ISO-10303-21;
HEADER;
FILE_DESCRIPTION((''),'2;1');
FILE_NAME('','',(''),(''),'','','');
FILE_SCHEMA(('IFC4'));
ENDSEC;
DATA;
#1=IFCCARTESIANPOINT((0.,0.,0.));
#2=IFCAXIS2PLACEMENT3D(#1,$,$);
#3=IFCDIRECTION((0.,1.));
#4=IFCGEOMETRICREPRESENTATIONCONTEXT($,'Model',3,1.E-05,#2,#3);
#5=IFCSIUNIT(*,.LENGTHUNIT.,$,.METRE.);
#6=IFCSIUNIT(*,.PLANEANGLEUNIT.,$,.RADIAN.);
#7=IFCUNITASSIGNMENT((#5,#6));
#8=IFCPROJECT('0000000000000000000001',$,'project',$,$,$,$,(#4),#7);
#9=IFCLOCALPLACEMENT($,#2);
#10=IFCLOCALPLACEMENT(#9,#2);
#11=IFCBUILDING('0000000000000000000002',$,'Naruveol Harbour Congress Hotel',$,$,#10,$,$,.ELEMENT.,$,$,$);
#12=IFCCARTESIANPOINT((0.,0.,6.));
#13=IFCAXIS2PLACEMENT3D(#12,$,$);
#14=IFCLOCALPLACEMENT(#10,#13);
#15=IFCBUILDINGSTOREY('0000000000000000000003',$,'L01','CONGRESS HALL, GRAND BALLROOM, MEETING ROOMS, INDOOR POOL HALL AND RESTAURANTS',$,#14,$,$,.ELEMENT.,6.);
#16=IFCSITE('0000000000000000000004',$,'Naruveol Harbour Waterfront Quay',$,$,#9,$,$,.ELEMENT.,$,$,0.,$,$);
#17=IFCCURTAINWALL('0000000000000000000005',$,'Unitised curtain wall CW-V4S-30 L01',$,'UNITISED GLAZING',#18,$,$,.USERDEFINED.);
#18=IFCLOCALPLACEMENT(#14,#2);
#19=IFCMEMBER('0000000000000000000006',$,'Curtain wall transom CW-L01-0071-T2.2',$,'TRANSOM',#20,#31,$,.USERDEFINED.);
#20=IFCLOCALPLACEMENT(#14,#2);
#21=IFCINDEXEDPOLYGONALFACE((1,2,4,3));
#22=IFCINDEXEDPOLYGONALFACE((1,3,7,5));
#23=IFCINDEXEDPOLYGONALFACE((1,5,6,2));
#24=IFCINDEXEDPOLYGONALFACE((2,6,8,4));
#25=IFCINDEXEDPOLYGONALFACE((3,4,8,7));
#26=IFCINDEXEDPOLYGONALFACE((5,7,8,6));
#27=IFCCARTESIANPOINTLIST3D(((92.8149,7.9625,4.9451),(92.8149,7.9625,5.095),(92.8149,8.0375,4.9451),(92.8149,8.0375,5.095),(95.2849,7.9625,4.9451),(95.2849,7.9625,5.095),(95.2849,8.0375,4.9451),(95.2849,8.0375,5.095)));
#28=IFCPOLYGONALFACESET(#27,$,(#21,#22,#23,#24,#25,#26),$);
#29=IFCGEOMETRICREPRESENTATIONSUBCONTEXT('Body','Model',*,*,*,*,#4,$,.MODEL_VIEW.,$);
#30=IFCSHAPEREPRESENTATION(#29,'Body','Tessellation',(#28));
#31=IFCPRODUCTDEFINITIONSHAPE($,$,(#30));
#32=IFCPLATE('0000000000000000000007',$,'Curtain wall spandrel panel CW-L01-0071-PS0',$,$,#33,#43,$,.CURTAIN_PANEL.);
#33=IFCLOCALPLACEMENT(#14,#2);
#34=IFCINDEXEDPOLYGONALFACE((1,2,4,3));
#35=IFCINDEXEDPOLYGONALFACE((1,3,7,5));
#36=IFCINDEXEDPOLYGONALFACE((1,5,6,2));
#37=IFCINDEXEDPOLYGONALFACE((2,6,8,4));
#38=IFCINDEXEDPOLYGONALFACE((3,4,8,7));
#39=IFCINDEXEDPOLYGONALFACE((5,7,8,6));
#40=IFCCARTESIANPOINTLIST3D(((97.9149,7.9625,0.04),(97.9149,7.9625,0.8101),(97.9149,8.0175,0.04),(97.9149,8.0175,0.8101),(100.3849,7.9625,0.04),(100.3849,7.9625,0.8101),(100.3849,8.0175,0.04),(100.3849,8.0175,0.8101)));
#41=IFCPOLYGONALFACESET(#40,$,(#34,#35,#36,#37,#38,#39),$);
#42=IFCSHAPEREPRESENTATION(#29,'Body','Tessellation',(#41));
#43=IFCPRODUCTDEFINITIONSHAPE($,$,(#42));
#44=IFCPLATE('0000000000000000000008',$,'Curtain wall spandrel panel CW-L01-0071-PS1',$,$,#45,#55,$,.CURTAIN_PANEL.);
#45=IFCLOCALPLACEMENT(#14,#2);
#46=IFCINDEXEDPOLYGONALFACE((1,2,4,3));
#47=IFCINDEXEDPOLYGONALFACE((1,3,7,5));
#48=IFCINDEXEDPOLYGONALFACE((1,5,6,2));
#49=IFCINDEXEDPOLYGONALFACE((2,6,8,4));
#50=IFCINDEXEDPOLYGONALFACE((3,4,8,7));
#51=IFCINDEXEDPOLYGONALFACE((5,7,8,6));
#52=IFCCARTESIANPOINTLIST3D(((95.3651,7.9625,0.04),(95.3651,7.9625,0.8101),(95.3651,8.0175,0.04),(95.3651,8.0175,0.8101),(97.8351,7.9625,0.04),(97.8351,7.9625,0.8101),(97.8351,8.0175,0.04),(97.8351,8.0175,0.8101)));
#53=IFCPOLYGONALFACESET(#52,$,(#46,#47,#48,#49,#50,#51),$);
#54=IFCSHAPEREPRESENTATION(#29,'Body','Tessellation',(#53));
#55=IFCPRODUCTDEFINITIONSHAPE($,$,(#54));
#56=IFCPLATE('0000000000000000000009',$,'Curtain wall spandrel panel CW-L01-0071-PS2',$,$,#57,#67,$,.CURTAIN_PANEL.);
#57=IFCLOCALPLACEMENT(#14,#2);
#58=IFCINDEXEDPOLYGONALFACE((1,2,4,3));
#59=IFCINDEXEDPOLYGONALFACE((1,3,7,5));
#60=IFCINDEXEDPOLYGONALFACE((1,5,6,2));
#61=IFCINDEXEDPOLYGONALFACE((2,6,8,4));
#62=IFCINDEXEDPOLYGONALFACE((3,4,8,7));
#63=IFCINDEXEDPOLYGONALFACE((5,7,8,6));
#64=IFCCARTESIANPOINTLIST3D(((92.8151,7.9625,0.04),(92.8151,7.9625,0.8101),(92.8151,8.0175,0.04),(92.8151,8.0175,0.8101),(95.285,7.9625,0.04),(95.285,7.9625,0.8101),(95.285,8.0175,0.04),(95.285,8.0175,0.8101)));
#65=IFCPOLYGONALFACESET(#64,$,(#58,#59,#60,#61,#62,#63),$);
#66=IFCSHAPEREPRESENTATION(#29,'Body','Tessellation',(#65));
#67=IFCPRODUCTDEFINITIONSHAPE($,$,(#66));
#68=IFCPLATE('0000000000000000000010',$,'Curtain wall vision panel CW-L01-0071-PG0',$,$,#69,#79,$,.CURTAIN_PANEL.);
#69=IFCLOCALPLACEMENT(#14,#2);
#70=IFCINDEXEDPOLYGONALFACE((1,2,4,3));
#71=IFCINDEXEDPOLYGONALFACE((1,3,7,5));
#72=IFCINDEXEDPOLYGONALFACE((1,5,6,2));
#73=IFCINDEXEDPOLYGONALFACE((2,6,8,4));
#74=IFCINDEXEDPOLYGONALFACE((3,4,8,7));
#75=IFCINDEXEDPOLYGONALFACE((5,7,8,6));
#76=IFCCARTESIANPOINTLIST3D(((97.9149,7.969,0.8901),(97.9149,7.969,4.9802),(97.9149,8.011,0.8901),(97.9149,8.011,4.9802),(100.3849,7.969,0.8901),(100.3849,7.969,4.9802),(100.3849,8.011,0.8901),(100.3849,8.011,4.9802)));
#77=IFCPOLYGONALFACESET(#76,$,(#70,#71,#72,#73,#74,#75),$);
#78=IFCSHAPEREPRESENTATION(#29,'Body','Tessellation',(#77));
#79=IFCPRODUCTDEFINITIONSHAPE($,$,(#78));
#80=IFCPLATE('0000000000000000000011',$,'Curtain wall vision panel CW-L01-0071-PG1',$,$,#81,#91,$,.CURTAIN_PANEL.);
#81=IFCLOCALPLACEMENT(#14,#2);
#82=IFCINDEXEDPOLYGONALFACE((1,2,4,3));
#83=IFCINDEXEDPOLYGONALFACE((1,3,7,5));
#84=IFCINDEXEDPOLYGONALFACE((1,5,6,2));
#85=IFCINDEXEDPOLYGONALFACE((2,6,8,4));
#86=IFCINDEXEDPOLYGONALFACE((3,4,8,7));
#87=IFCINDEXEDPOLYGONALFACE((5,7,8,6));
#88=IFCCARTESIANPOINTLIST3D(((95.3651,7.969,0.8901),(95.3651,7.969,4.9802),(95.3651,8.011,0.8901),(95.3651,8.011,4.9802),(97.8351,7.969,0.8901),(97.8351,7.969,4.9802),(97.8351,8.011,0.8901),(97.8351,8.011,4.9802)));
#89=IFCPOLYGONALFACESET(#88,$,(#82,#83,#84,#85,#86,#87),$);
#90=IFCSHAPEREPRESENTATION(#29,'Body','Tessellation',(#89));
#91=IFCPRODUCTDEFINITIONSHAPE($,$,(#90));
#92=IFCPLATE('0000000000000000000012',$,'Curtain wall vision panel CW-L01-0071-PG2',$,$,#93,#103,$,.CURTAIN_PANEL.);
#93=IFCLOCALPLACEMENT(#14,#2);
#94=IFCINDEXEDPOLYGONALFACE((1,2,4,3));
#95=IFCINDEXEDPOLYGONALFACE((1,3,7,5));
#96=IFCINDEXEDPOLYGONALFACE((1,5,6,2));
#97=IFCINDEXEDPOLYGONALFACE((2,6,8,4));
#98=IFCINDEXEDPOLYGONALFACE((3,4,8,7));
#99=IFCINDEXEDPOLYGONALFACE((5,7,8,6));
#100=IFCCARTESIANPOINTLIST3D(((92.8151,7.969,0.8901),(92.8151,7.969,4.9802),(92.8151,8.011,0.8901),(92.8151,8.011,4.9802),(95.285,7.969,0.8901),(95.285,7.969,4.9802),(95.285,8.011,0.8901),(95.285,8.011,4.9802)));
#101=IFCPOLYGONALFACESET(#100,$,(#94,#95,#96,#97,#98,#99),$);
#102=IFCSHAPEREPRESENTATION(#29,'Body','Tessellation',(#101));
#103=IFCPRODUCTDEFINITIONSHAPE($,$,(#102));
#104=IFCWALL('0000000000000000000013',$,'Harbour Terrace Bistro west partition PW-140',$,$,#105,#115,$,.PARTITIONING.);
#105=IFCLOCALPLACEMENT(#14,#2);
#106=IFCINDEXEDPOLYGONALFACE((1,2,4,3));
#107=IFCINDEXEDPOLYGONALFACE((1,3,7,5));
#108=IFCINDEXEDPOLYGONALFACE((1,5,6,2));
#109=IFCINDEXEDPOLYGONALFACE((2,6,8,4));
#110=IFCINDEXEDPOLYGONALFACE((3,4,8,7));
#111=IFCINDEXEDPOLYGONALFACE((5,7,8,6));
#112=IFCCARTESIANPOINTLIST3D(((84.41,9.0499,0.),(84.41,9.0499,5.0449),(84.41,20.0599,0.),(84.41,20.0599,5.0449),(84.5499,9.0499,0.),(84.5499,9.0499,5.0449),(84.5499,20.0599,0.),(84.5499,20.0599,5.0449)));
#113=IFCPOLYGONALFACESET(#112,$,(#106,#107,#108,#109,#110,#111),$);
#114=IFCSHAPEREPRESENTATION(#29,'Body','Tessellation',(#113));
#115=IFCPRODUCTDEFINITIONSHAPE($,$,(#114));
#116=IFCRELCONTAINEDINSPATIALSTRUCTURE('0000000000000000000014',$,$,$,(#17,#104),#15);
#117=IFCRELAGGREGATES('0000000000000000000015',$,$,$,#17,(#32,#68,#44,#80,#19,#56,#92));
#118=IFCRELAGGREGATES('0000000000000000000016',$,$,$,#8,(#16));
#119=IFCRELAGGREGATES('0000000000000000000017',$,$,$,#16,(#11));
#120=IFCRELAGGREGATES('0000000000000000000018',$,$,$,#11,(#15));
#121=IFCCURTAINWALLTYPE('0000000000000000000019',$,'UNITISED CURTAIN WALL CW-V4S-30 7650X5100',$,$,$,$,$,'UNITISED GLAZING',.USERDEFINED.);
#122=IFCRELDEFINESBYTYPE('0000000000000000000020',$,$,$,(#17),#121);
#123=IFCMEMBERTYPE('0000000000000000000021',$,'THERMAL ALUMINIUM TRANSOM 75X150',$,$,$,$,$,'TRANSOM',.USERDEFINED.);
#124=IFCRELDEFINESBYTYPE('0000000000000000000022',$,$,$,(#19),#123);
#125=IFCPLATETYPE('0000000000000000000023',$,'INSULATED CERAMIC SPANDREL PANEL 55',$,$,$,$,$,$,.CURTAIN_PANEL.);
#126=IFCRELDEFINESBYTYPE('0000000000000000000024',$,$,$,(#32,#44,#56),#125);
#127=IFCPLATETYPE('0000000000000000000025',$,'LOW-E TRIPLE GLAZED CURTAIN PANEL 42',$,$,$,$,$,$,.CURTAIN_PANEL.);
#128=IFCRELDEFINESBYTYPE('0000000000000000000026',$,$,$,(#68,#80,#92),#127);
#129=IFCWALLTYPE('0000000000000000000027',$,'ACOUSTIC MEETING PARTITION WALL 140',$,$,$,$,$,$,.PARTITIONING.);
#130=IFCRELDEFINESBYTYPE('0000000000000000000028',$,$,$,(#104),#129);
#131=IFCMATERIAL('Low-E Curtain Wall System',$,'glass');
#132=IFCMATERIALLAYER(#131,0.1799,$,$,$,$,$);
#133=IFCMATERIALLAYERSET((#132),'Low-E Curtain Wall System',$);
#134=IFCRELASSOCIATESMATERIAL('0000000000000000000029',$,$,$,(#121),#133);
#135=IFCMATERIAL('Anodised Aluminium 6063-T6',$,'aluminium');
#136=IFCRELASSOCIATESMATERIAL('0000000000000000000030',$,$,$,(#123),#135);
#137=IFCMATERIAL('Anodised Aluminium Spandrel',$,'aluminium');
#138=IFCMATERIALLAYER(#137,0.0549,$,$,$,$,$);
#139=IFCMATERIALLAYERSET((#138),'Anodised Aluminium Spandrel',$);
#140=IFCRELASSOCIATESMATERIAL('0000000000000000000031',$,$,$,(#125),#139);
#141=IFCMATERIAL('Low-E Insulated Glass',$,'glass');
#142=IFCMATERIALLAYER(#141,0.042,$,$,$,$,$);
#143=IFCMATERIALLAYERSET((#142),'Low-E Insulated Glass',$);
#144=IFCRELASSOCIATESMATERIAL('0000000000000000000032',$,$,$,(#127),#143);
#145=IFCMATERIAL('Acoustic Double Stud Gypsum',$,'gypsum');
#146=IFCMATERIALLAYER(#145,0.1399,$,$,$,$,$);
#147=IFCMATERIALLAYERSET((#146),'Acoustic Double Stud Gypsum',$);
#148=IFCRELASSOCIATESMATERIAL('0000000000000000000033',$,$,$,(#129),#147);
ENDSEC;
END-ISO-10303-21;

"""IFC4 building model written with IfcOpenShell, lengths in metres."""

from ifc_helpers import new_model, si_unit, direction, frame, frame_2d, origin, origin_2d, place, context, subcontext, project, spatial, rectangle, extrude, material, layer, layer_set, material_profile, profile_set, type_object, element, aggregate, save


model = new_model("IFC4")

# Units and contexts
model_context = context("Model", 3, precision=1e-05, world=origin(), true_north=direction((0.0, 1.0)))
body_context = subcontext(model_context, "Body", "Model", "MODEL_VIEW")
ifc_project = project(units=[si_unit("LENGTHUNIT", "METRE"), si_unit("PLANEANGLEUNIT", "RADIAN")], contexts=[model_context])

# Site, building, storey
site_placement = place(None, origin())
site = spatial("IfcSite", under=ifc_project, at=site_placement, Name="Naruveol Harbour Waterfront Quay", CompositionType="ELEMENT", RefElevation=0.0)
building_placement = place(site_placement, origin())
building = spatial("IfcBuilding", under=site, at=building_placement, Name="Naruveol Harbour Congress Hotel", CompositionType="ELEMENT")
storey_placement = place(building_placement, frame((0.0, 0.0, 6.0)))
storey = spatial("IfcBuildingStorey", under=building, at=storey_placement, Name="L01", Description="CONGRESS HALL, GRAND BALLROOM, MEETING ROOMS, INDOOR POOL HALL AND RESTAURANTS", CompositionType="ELEMENT", Elevation=6.0)

# Curtain wall, member, plates
ifc_material_1 = material(Name="Low-E Curtain Wall System", Category="glass")
ifc_layer_1 = layer(ifc_material_1, 0.1799)
ifc_layer_set_1 = layer_set([ifc_layer_1], Name="Low-E Curtain Wall System")
curtain_wall_type = type_object("IfcCurtainWallType", Name="UNITISED CURTAIN WALL CW-V4S-30 7650X5100", ElementType="UNITISED GLAZING", PredefinedType="USERDEFINED", material=ifc_layer_set_1)
curtain_wall_placement = place(storey_placement, origin())
curtain_wall = element("IfcCurtainWall", 1, at=curtain_wall_placement, inside=storey, type_object=curtain_wall_type, Name="Unitised curtain wall CW-V4S-30 L01", ObjectType="UNITISED GLAZING", PredefinedType="USERDEFINED")
ifc_material_2 = material(Name="Anodised Aluminium 6063-T6", Category="aluminium")
ifc_material_profile_1 = material_profile(ifc_material_2, rectangle(XDim=0.075, YDim=0.1499, at=origin_2d()), Name="ALU-75x150")
ifc_profile_set_1 = profile_set([ifc_material_profile_1], Name="Anodised Aluminium 6063-T6")
member_type_1 = type_object("IfcMemberType", Name="THERMAL ALUMINIUM TRANSOM 75X150", ElementType="TRANSOM", PredefinedType="USERDEFINED", material=ifc_profile_set_1)
member_1_placement = place(storey_placement, frame((95.2849, 8.0, 5.02), z_axis=(-1.0, 0.0, 0.0), x_axis=(0.0, -1.0, 0.0)))
member_1 = element("IfcMember", 2, at=member_1_placement, type_object=member_type_1, Name="Curtain wall transom CW-L01-0071-T2.2", ObjectType="TRANSOM", PredefinedType="USERDEFINED", context=body_context, shape_type="SweptSolid", body=[
    extrude(rectangle(XDim=0.075, YDim=0.1499, at=origin_2d()), origin(), (0.0, 0.0, 1.0), 2.47),
])
ifc_material_3 = material(Name="Anodised Aluminium Spandrel", Category="aluminium")
ifc_layer_2 = layer(ifc_material_3, 0.0549)
ifc_layer_set_2 = layer_set([ifc_layer_2], Name="Anodised Aluminium Spandrel")
plate_type_1 = type_object("IfcPlateType", Name="INSULATED CERAMIC SPANDREL PANEL 55", PredefinedType="CURTAIN_PANEL", material=ifc_layer_set_2)
plate_1_placement = place(storey_placement, frame((99.1499, 7.99, 0.04), z_axis=(0.0, 0.0, 1.0), x_axis=(-1.0, 0.0, 0.0)))
plate_1 = element("IfcPlate", 3, at=plate_1_placement, type_object=plate_type_1, Name="Curtain wall spandrel panel CW-L01-0071-PS0", PredefinedType="CURTAIN_PANEL", context=body_context, shape_type="SweptSolid", body=[
    extrude(rectangle(XDim=2.47, YDim=0.0549, at=origin_2d()), origin(), (0.0, 0.0, 1.0), 0.77),
])
plate_2_placement = place(storey_placement, frame((96.6001, 7.99, 0.04), z_axis=(0.0, 0.0, 1.0), x_axis=(-1.0, 0.0, 0.0)))
plate_2 = element("IfcPlate", 4, at=plate_2_placement, type_object=plate_type_1, Name="Curtain wall spandrel panel CW-L01-0071-PS1", PredefinedType="CURTAIN_PANEL", context=body_context, shape_type="SweptSolid", body=[
    extrude(rectangle(XDim=2.47, YDim=0.0549, at=origin_2d()), origin(), (0.0, 0.0, 1.0), 0.77),
])
plate_3_placement = place(storey_placement, frame((94.05, 7.99, 0.04), z_axis=(0.0, 0.0, 1.0), x_axis=(-1.0, 0.0, 0.0)))
plate_3 = element("IfcPlate", 5, at=plate_3_placement, type_object=plate_type_1, Name="Curtain wall spandrel panel CW-L01-0071-PS2", PredefinedType="CURTAIN_PANEL", context=body_context, shape_type="SweptSolid", body=[
    extrude(rectangle(XDim=2.47, YDim=0.0549, at=origin_2d()), origin(), (0.0, 0.0, 1.0), 0.77),
])
ifc_material_4 = material(Name="Low-E Insulated Glass", Category="glass")
ifc_layer_3 = layer(ifc_material_4, 0.042)
ifc_layer_set_3 = layer_set([ifc_layer_3], Name="Low-E Insulated Glass")
plate_type_2 = type_object("IfcPlateType", Name="LOW-E TRIPLE GLAZED CURTAIN PANEL 42", PredefinedType="CURTAIN_PANEL", material=ifc_layer_set_3)
plate_4_placement = place(storey_placement, frame((99.1499, 7.99, 0.8901), z_axis=(0.0, 0.0, 1.0), x_axis=(-1.0, 0.0, 0.0)))
plate_4 = element("IfcPlate", 6, at=plate_4_placement, type_object=plate_type_2, Name="Curtain wall vision panel CW-L01-0071-PG0", PredefinedType="CURTAIN_PANEL", context=body_context, shape_type="SweptSolid", body=[
    extrude(rectangle(XDim=2.47, YDim=0.042, at=origin_2d()), origin(), (0.0, 0.0, 1.0), 4.0901),
])
plate_5_placement = place(storey_placement, frame((96.6001, 7.99, 0.8901), z_axis=(0.0, 0.0, 1.0), x_axis=(-1.0, 0.0, 0.0)))
plate_5 = element("IfcPlate", 7, at=plate_5_placement, type_object=plate_type_2, Name="Curtain wall vision panel CW-L01-0071-PG1", PredefinedType="CURTAIN_PANEL", context=body_context, shape_type="SweptSolid", body=[
    extrude(rectangle(XDim=2.47, YDim=0.042, at=origin_2d()), origin(), (0.0, 0.0, 1.0), 4.0901),
])
plate_6_placement = place(storey_placement, frame((94.05, 7.99, 0.8901), z_axis=(0.0, 0.0, 1.0), x_axis=(-1.0, 0.0, 0.0)))
plate_6 = element("IfcPlate", 8, at=plate_6_placement, type_object=plate_type_2, Name="Curtain wall vision panel CW-L01-0071-PG2", PredefinedType="CURTAIN_PANEL", context=body_context, shape_type="SweptSolid", body=[
    extrude(rectangle(XDim=2.47, YDim=0.042, at=origin_2d()), origin(), (0.0, 0.0, 1.0), 4.0901),
])
aggregate(curtain_wall, [plate_1, plate_4, plate_2, plate_5, member_1, plate_3, plate_6])

# Wall
ifc_material_5 = material(Name="Acoustic Double Stud Gypsum", Category="gypsum")
ifc_layer_4 = layer(ifc_material_5, 0.1399)
ifc_layer_set_4 = layer_set([ifc_layer_4], Name="Acoustic Double Stud Gypsum")
wall_type_1 = type_object("IfcWallType", Name="ACOUSTIC MEETING PARTITION WALL 140", PredefinedType="PARTITIONING", material=ifc_layer_set_4)
wall_1_placement = place(storey_placement, frame((84.48, 9.05, 0.0), z_axis=(0.0, 0.0, 1.0), x_axis=(0.0, 1.0, 0.0)))
element("IfcWall", 9, at=wall_1_placement, inside=storey, type_object=wall_type_1, Name="Harbour Terrace Bistro west partition PW-140", PredefinedType="PARTITIONING", context=body_context, shape_type="SweptSolid", body=[
    extrude(rectangle(XDim=11.01, YDim=0.1399, at=frame_2d((5.5049, 0.0))), origin(), (0.0, 0.0, 1.0), 5.0449),
])

save(model, "model.ifc")
